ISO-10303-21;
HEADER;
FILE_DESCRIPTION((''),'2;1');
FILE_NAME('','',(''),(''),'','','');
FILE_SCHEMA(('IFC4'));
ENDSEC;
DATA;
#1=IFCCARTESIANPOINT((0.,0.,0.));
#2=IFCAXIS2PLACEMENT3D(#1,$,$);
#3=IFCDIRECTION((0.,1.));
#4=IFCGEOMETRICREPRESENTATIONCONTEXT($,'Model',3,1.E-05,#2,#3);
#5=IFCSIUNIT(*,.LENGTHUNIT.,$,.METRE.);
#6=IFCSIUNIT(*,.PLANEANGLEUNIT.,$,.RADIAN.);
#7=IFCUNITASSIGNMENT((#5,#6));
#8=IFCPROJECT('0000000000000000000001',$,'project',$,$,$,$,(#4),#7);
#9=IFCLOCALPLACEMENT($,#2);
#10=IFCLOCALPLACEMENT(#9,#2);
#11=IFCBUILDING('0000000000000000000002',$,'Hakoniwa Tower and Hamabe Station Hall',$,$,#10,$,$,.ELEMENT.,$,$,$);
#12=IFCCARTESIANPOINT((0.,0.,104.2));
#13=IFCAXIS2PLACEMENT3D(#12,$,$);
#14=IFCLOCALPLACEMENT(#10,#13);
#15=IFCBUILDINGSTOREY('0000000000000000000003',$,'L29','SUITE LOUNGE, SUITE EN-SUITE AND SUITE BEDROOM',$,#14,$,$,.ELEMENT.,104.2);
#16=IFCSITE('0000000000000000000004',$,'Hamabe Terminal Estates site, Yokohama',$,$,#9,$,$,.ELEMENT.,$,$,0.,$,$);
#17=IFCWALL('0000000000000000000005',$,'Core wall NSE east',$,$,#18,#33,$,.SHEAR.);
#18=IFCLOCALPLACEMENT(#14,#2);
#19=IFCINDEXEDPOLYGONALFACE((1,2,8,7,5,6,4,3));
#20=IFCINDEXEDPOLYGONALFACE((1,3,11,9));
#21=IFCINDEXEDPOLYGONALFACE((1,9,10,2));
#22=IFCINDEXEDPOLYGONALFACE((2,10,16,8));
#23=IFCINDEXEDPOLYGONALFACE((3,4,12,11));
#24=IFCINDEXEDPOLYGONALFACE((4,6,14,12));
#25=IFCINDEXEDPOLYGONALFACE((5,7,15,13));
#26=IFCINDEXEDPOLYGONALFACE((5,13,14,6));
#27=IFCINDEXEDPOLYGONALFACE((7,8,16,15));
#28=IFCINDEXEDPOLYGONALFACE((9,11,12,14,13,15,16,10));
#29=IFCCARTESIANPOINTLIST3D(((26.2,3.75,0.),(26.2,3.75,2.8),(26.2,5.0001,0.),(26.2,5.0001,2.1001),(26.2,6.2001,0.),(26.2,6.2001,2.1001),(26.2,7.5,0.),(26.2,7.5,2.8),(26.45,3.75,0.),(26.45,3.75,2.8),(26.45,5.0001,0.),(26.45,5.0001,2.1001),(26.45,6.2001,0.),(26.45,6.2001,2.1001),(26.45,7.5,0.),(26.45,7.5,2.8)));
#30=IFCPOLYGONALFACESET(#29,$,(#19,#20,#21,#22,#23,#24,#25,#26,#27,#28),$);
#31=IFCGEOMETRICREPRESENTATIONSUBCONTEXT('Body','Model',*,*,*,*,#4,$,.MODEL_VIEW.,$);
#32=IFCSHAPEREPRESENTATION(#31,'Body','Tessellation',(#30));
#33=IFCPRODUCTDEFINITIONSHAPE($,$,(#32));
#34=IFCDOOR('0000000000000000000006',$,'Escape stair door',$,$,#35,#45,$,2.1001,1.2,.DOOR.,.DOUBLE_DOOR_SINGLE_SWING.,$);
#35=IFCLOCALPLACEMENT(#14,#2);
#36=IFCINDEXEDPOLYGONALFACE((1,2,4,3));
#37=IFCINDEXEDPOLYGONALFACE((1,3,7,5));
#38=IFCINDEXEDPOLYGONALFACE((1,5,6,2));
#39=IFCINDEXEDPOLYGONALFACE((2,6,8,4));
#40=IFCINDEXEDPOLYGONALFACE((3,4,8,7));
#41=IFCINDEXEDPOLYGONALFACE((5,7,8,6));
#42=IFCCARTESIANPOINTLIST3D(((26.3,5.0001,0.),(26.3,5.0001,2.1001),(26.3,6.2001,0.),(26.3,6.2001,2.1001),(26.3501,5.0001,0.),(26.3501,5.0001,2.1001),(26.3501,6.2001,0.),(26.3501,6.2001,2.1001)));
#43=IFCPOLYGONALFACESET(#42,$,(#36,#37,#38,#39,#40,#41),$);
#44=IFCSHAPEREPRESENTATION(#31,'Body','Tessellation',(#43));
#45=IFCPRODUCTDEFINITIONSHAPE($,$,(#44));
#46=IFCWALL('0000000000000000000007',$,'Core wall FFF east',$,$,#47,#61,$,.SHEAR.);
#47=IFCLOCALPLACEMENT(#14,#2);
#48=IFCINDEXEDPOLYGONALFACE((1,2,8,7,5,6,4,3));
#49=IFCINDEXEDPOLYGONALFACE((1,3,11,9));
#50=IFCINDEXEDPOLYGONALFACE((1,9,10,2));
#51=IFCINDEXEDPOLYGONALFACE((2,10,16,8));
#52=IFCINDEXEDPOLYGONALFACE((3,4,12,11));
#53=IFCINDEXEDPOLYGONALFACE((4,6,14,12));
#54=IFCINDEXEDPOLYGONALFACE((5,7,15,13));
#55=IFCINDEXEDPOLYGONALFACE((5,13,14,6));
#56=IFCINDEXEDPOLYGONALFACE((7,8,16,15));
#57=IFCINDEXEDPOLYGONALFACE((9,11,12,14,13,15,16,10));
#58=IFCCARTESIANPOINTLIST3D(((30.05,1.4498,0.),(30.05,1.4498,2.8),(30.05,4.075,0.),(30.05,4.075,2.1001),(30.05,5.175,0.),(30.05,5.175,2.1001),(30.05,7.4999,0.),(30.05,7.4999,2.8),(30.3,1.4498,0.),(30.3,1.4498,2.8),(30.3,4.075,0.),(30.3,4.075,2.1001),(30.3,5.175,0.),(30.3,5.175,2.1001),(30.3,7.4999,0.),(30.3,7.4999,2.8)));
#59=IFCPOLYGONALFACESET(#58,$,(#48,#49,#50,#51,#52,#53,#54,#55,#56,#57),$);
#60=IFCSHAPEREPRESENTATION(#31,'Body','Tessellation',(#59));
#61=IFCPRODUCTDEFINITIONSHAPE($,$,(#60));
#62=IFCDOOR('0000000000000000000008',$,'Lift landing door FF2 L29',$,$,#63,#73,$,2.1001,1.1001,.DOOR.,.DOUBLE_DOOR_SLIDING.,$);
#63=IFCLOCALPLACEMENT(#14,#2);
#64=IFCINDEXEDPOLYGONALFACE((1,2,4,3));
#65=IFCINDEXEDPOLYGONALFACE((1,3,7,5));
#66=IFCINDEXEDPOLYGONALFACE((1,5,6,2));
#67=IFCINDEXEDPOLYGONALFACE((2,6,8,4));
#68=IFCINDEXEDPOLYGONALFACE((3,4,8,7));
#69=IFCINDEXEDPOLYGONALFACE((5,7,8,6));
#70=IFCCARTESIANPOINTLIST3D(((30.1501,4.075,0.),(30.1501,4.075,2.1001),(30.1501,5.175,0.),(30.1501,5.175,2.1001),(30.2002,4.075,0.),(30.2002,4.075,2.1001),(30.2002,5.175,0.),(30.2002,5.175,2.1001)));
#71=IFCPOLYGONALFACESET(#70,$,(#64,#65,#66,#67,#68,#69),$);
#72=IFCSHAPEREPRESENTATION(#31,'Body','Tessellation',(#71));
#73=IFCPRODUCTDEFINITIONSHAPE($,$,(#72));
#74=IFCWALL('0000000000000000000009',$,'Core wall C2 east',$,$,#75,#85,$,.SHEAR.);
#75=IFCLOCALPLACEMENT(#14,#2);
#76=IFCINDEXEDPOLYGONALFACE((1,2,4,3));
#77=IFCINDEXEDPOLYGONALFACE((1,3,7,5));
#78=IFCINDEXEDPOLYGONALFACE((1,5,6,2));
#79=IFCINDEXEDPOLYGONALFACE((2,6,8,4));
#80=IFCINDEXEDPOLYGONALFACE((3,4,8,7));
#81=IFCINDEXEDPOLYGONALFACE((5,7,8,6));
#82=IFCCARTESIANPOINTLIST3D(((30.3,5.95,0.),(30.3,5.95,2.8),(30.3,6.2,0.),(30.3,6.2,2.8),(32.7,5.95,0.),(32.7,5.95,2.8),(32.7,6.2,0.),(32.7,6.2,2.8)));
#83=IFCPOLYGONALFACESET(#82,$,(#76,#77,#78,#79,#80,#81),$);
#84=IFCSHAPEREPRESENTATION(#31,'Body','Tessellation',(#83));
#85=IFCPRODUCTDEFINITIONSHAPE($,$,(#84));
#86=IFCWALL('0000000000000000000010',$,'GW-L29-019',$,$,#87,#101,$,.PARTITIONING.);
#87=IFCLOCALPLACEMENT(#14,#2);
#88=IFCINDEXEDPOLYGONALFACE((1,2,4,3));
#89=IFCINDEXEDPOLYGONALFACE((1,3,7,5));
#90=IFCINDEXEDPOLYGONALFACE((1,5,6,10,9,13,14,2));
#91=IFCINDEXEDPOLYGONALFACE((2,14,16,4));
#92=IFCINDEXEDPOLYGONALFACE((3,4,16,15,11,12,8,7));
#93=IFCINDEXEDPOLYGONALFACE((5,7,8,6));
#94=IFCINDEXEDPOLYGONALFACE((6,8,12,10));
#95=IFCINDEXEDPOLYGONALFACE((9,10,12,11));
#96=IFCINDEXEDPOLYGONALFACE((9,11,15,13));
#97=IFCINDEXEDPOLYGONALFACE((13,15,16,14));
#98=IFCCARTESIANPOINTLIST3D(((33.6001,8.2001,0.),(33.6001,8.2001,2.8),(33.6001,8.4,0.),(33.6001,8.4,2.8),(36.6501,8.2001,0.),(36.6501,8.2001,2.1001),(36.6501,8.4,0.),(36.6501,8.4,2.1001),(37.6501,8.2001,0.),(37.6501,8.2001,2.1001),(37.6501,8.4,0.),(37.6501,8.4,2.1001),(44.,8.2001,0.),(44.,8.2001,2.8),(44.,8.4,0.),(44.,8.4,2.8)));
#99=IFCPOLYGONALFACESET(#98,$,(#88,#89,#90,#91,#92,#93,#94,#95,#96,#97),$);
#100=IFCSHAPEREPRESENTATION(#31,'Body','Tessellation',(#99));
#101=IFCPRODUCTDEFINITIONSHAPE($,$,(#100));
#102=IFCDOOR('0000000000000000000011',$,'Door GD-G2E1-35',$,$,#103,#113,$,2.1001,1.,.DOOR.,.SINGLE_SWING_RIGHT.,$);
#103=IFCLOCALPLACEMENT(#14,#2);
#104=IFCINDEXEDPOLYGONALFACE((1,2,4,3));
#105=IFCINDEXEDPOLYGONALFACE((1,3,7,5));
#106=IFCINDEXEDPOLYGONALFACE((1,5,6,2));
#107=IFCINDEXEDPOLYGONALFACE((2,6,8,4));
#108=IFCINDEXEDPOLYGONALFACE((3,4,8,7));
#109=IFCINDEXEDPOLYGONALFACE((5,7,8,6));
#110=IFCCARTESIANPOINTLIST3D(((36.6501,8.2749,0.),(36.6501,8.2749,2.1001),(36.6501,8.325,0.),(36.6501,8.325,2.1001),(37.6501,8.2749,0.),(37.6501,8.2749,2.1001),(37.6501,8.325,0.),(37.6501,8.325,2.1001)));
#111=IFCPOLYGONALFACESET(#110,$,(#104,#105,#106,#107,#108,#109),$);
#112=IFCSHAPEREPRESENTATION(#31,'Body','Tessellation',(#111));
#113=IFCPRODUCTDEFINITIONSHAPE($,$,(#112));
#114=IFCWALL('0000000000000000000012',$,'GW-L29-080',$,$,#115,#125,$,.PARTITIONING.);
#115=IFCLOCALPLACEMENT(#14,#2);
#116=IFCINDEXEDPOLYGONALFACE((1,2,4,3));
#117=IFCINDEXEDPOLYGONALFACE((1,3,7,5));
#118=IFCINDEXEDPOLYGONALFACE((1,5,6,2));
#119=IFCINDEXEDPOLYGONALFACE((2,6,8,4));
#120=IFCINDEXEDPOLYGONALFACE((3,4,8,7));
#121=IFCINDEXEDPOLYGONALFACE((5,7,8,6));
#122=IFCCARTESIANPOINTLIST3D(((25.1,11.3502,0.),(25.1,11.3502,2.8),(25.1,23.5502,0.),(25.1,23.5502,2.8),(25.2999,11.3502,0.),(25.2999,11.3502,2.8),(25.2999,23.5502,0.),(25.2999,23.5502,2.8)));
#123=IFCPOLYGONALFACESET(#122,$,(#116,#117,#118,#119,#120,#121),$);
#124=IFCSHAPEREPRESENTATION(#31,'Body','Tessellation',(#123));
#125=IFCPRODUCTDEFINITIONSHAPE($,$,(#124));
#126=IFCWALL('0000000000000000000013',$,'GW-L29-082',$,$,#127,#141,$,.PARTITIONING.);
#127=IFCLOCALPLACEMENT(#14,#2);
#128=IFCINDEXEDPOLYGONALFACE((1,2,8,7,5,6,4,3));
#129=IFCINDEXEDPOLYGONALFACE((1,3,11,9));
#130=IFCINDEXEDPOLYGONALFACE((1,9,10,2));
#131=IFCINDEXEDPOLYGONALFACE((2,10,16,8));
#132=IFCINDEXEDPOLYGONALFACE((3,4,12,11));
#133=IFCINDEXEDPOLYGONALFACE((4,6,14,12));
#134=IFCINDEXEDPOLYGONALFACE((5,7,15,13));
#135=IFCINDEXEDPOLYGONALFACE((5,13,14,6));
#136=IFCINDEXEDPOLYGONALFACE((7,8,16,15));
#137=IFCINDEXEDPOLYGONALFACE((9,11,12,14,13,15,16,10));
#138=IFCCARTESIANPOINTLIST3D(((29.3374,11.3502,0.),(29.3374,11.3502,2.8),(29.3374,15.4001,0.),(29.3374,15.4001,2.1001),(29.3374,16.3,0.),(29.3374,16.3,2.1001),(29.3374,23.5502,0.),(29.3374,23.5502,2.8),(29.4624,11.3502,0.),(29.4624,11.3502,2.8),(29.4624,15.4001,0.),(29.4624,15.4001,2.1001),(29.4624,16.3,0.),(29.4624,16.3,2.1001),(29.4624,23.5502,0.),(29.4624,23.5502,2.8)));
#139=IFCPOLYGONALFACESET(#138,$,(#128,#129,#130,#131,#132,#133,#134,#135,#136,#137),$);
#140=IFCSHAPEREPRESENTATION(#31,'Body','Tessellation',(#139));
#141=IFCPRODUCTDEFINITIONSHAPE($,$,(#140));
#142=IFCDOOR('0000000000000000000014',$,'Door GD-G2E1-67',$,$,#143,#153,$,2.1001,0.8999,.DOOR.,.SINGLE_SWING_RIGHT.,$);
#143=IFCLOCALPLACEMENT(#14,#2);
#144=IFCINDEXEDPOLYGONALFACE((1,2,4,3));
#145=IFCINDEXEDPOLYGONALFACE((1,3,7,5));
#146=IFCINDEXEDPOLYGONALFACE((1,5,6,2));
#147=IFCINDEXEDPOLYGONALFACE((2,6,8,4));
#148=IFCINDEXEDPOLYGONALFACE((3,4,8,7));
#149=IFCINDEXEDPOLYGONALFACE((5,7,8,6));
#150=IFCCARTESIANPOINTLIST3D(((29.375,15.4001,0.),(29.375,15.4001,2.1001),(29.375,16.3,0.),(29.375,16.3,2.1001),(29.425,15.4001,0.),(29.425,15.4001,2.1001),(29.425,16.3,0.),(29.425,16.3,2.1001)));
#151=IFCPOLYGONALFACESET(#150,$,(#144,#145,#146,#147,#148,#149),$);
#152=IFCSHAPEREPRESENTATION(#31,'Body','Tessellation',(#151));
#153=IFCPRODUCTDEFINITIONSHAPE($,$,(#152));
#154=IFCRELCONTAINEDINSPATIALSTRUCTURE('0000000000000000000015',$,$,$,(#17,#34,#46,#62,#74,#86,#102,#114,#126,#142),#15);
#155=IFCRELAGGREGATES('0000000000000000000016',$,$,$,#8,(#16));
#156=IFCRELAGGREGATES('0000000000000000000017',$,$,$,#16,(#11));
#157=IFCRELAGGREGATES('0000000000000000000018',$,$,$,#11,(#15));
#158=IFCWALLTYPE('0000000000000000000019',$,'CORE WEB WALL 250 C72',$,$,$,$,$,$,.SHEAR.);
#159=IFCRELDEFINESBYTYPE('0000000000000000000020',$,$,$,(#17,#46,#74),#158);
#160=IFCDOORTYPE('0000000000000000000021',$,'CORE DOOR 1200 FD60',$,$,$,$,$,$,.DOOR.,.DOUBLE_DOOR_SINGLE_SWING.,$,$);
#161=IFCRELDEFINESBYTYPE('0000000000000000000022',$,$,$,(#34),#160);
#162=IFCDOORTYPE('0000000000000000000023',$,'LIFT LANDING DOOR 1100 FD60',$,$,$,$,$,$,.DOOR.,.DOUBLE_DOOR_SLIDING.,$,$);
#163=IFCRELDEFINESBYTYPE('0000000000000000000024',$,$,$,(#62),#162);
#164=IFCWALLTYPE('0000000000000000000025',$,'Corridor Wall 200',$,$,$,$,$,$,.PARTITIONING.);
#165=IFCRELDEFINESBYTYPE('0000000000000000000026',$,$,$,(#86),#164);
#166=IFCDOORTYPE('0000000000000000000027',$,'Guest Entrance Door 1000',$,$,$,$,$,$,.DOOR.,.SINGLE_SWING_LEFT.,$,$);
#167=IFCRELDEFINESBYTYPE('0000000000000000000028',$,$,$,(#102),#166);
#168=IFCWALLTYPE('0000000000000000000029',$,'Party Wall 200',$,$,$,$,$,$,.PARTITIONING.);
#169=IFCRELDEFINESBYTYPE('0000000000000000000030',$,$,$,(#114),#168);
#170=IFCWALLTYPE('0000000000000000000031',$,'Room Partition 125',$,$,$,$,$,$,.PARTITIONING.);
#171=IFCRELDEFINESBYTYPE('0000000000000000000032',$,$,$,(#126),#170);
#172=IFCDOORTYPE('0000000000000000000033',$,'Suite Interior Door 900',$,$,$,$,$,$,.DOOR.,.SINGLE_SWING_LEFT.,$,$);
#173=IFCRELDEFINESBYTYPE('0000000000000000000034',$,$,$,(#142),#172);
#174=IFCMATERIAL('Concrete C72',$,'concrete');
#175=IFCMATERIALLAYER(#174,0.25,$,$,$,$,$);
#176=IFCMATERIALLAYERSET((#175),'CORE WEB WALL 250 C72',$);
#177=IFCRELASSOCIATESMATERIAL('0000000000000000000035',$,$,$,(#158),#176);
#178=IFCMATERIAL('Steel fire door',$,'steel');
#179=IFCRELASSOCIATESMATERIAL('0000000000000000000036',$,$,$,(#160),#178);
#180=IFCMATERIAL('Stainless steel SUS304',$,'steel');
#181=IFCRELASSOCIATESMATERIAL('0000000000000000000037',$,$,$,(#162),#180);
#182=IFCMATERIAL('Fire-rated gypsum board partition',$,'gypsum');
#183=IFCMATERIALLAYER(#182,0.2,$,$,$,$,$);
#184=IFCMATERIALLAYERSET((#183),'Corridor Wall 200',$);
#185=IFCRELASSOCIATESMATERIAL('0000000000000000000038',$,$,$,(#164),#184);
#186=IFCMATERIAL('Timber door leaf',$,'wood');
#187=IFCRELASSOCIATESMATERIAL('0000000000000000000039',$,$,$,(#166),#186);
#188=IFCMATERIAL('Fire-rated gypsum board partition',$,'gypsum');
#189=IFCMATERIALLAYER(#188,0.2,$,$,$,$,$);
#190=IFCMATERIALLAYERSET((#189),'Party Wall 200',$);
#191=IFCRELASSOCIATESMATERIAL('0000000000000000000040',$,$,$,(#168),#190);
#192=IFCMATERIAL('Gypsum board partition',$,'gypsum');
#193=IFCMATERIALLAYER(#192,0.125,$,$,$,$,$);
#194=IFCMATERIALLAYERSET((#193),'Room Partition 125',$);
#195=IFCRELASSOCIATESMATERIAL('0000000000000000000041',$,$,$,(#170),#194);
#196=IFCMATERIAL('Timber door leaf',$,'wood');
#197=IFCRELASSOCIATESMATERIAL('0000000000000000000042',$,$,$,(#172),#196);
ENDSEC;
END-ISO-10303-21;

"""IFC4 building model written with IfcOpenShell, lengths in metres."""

from ifc_helpers import new_model, si_unit, direction, frame, frame_2d, origin, place, context, subcontext, project, spatial, rectangle, extrude, material, layer, layer_set, type_object, element, fill, save


model = new_model("IFC4")

# Units and contexts
model_context = context("Model", 3, precision=1e-05, world=origin(), true_north=direction((0.0, 1.0)))
body_context = subcontext(model_context, "Body", "Model", "MODEL_VIEW")
ifc_project = project(units=[si_unit("LENGTHUNIT", "METRE"), si_unit("PLANEANGLEUNIT", "RADIAN")], contexts=[model_context])

# Site, building, storey
site_placement = place(None, origin())
site = spatial("IfcSite", under=ifc_project, at=site_placement, Name="Hamabe Terminal Estates site, Yokohama", CompositionType="ELEMENT", RefElevation=0.0)
building_placement = place(site_placement, origin())
building = spatial("IfcBuilding", under=site, at=building_placement, Name="Hakoniwa Tower and Hamabe Station Hall", CompositionType="ELEMENT")
storey_placement = place(building_placement, frame((0.0, 0.0, 104.2)))
storey = spatial("IfcBuildingStorey", under=building, at=storey_placement, Name="L29", Description="SUITE LOUNGE, SUITE EN-SUITE AND SUITE BEDROOM", CompositionType="ELEMENT", Elevation=104.2)

# Walls, openings, doors
ifc_material_1 = material(Name="Concrete C72", Category="concrete")
ifc_layer_1 = layer(ifc_material_1, 0.25)
ifc_layer_set_1 = layer_set([ifc_layer_1], Name="CORE WEB WALL 250 C72")
wall_type_1 = type_object("IfcWallType", Name="CORE WEB WALL 250 C72", PredefinedType="SHEAR", material=ifc_layer_set_1)
wall_1_placement = place(storey_placement, frame((26.325, 3.75, 0.0), z_axis=(0.0, 0.0, 1.0), x_axis=(0.0, 1.0, 0.0)))
wall_1 = element("IfcWall", 1, at=wall_1_placement, inside=storey, type_object=wall_type_1, Name="Core wall NSE east", PredefinedType="SHEAR", context=body_context, shape_type="SweptSolid", body=[
    extrude(rectangle(XDim=3.75, YDim=0.25, at=frame_2d((1.875, 0.0))), origin(), (0.0, 0.0, 1.0), 2.8),
])
opening_1_placement = place(wall_1_placement, frame((1.25, 0.0, 0.0)))
opening_1 = element("IfcOpeningElement", 2, at=opening_1_placement, cuts=wall_1, PredefinedType="OPENING", context=body_context, shape_type="SweptSolid", body=[
    extrude(rectangle(XDim=1.2, YDim=2.1001, at=frame_2d((0.6001, 1.05))), frame((0.0, 0.135, 0.0), z_axis=(0.0, -1.0, 0.0), x_axis=(1.0, 0.0, 0.0)), (0.0, 0.0, 1.0), 0.27),
])
ifc_material_2 = material(Name="Steel fire door", Category="steel")
door_type_1 = type_object("IfcDoorType", Name="CORE DOOR 1200 FD60", OperationType="DOUBLE_DOOR_SINGLE_SWING", PredefinedType="DOOR", material=ifc_material_2)
door_1_placement = place(opening_1_placement, origin())
door_1 = element("IfcDoor", 3, at=door_1_placement, inside=storey, type_object=door_type_1, Name="Escape stair door", OperationType="DOUBLE_DOOR_SINGLE_SWING", OverallHeight=2.1001, OverallWidth=1.2, PredefinedType="DOOR", context=body_context, shape_type="SweptSolid", body=[
    extrude(rectangle(XDim=1.2, YDim=2.1001, at=frame_2d((0.6001, 1.05))), frame((0.0, 0.0249, 0.0), z_axis=(0.0, -1.0, 0.0), x_axis=(1.0, 0.0, 0.0)), (0.0, 0.0, 1.0), 0.05),
])
fill(opening_1, door_1)
wall_2_placement = place(storey_placement, frame((30.175, 1.45, 0.0), z_axis=(0.0, 0.0, 1.0), x_axis=(0.0, 1.0, 0.0)))
wall_2 = element("IfcWall", 4, at=wall_2_placement, inside=storey, type_object=wall_type_1, Name="Core wall FFF east", PredefinedType="SHEAR", context=body_context, shape_type="SweptSolid", body=[
    extrude(rectangle(XDim=6.05, YDim=0.25, at=frame_2d((3.0249, 0.0))), origin(), (0.0, 0.0, 1.0), 2.8),
])
opening_2_placement = place(wall_2_placement, frame((2.625, 0.0, 0.0)))
opening_2 = element("IfcOpeningElement", 5, at=opening_2_placement, cuts=wall_2, PredefinedType="OPENING", context=body_context, shape_type="SweptSolid", body=[
    extrude(rectangle(XDim=1.1001, YDim=2.1001, at=frame_2d((0.55, 1.05))), frame((0.0, 0.135, 0.0), z_axis=(0.0, -1.0, 0.0), x_axis=(1.0, 0.0, 0.0)), (0.0, 0.0, 1.0), 0.27),
])
ifc_material_3 = material(Name="Stainless steel SUS304", Category="steel")
door_type_2 = type_object("IfcDoorType", Name="LIFT LANDING DOOR 1100 FD60", OperationType="DOUBLE_DOOR_SLIDING", PredefinedType="DOOR", material=ifc_material_3)
door_2_placement = place(opening_2_placement, origin())
door_2 = element("IfcDoor", 6, at=door_2_placement, inside=storey, type_object=door_type_2, Name="Lift landing door FF2 L29", OperationType="DOUBLE_DOOR_SLIDING", OverallHeight=2.1001, OverallWidth=1.1001, PredefinedType="DOOR", context=body_context, shape_type="SweptSolid", body=[
    extrude(rectangle(XDim=1.1001, YDim=2.1001, at=frame_2d((0.55, 1.05))), frame((0.0, 0.0249, 0.0), z_axis=(0.0, -1.0, 0.0), x_axis=(1.0, 0.0, 0.0)), (0.0, 0.0, 1.0), 0.05),
])
fill(opening_2, door_2)

# Wall
wall_3_placement = place(storey_placement, frame((30.3, 6.075, 0.0), z_axis=(0.0, 0.0, 1.0), x_axis=(1.0, 0.0, 0.0)))
element("IfcWall", 7, at=wall_3_placement, inside=storey, type_object=wall_type_1, Name="Core wall C2 east", PredefinedType="SHEAR", context=body_context, shape_type="SweptSolid", body=[
    extrude(rectangle(XDim=2.3999, YDim=0.25, at=frame_2d((1.2, 0.0))), origin(), (0.0, 0.0, 1.0), 2.8),
])

# Wall, opening, door
ifc_material_4 = material(Name="Fire-rated gypsum board partition", Category="gypsum")
ifc_layer_2 = layer(ifc_material_4, 0.2)
ifc_layer_set_2 = layer_set([ifc_layer_2], Name="Corridor Wall 200")
wall_type_2 = type_object("IfcWallType", Name="Corridor Wall 200", PredefinedType="PARTITIONING", material=ifc_layer_set_2)
wall_4_placement = place(storey_placement, frame((33.6001, 8.3, 0.0), z_axis=(0.0, 0.0, 1.0), x_axis=(1.0, 0.0, 0.0)))
wall_4 = element("IfcWall", 8, at=wall_4_placement, inside=storey, type_object=wall_type_2, Name="GW-L29-019", PredefinedType="PARTITIONING", context=body_context, shape_type="SweptSolid", body=[
    extrude(rectangle(XDim=10.3999, YDim=0.2, at=frame_2d((5.2, 0.0))), origin(), (0.0, 0.0, 1.0), 2.8),
])
opening_3_placement = place(wall_4_placement, frame((3.05, 0.0, 0.0)))
opening_3 = element("IfcOpeningElement", 9, at=opening_3_placement, cuts=wall_4, PredefinedType="OPENING", context=body_context, shape_type="SweptSolid", body=[
    extrude(rectangle(XDim=1.0, YDim=2.1001, at=frame_2d((0.5, 1.05))), frame((0.0, 0.1099, 0.0), z_axis=(0.0, -1.0, 0.0), x_axis=(1.0, 0.0, 0.0)), (0.0, 0.0, 1.0), 0.22),
])
ifc_material_5 = material(Name="Timber door leaf", Category="wood")
door_type_3 = type_object("IfcDoorType", Name="Guest Entrance Door 1000", OperationType="SINGLE_SWING_LEFT", PredefinedType="DOOR", material=ifc_material_5)
door_3_placement = place(opening_3_placement, origin())
door_3 = element("IfcDoor", 10, at=door_3_placement, inside=storey, type_object=door_type_3, Name="Door GD-G2E1-35", OperationType="SINGLE_SWING_RIGHT", OverallHeight=2.1001, OverallWidth=1.0, PredefinedType="DOOR", context=body_context, shape_type="SweptSolid", body=[
    extrude(rectangle(XDim=1.0, YDim=2.1001, at=frame_2d((0.5, 1.05))), frame((0.0, 0.0249, 0.0), z_axis=(0.0, -1.0, 0.0), x_axis=(1.0, 0.0, 0.0)), (0.0, 0.0, 1.0), 0.05),
])
fill(opening_3, door_3)

# Wall
ifc_material_6 = material(Name="Fire-rated gypsum board partition", Category="gypsum")
ifc_layer_3 = layer(ifc_material_6, 0.2)
ifc_layer_set_3 = layer_set([ifc_layer_3], Name="Party Wall 200")
wall_type_3 = type_object("IfcWallType", Name="Party Wall 200", PredefinedType="PARTITIONING", material=ifc_layer_set_3)
wall_5_placement = place(storey_placement, frame((25.2, 11.3501, 0.0), z_axis=(0.0, 0.0, 1.0), x_axis=(0.0, 1.0, 0.0)))
element("IfcWall", 11, at=wall_5_placement, inside=storey, type_object=wall_type_3, Name="GW-L29-080", PredefinedType="PARTITIONING", context=body_context, shape_type="SweptSolid", body=[
    extrude(rectangle(XDim=12.2, YDim=0.2, at=frame_2d((6.1001, 0.0))), origin(), (0.0, 0.0, 1.0), 2.8),
])

# Wall, opening, door
ifc_material_7 = material(Name="Gypsum board partition", Category="gypsum")
ifc_layer_4 = layer(ifc_material_7, 0.125)
ifc_layer_set_4 = layer_set([ifc_layer_4], Name="Room Partition 125")
wall_type_4 = type_object("IfcWallType", Name="Room Partition 125", PredefinedType="PARTITIONING", material=ifc_layer_set_4)
wall_6_placement = place(storey_placement, frame((29.3999, 11.3501, 0.0), z_axis=(0.0, 0.0, 1.0), x_axis=(0.0, 1.0, 0.0)))
wall_6 = element("IfcWall", 12, at=wall_6_placement, inside=storey, type_object=wall_type_4, Name="GW-L29-082", PredefinedType="PARTITIONING", context=body_context, shape_type="SweptSolid", body=[
    extrude(rectangle(XDim=12.2, YDim=0.125, at=frame_2d((6.1001, 0.0))), origin(), (0.0, 0.0, 1.0), 2.8),
])
opening_4_placement = place(wall_6_placement, frame((4.05, 0.0, 0.0)))
opening_4 = element("IfcOpeningElement", 13, at=opening_4_placement, cuts=wall_6, PredefinedType="OPENING", context=body_context, shape_type="SweptSolid", body=[
    extrude(rectangle(XDim=0.8999, YDim=2.1001, at=frame_2d((0.45, 1.05))), frame((0.0, 0.0725, 0.0), z_axis=(0.0, -1.0, 0.0), x_axis=(1.0, 0.0, 0.0)), (0.0, 0.0, 1.0), 0.145),
])
ifc_material_8 = material(Name="Timber door leaf", Category="wood")
door_type_4 = type_object("IfcDoorType", Name="Suite Interior Door 900", OperationType="SINGLE_SWING_LEFT", PredefinedType="DOOR", material=ifc_material_8)
door_4_placement = place(opening_4_placement, origin())
door_4 = element("IfcDoor", 14, at=door_4_placement, inside=storey, type_object=door_type_4, Name="Door GD-G2E1-67", OperationType="SINGLE_SWING_RIGHT", OverallHeight=2.1001, OverallWidth=0.8999, PredefinedType="DOOR", context=body_context, shape_type="SweptSolid", body=[
    extrude(rectangle(XDim=0.8999, YDim=2.1001, at=frame_2d((0.45, 1.05))), frame((0.0, 0.0249, 0.0), z_axis=(0.0, -1.0, 0.0), x_axis=(1.0, 0.0, 0.0)), (0.0, 0.0, 1.0), 0.05),
])
fill(opening_4, door_4)

save(model, "model.ifc")
